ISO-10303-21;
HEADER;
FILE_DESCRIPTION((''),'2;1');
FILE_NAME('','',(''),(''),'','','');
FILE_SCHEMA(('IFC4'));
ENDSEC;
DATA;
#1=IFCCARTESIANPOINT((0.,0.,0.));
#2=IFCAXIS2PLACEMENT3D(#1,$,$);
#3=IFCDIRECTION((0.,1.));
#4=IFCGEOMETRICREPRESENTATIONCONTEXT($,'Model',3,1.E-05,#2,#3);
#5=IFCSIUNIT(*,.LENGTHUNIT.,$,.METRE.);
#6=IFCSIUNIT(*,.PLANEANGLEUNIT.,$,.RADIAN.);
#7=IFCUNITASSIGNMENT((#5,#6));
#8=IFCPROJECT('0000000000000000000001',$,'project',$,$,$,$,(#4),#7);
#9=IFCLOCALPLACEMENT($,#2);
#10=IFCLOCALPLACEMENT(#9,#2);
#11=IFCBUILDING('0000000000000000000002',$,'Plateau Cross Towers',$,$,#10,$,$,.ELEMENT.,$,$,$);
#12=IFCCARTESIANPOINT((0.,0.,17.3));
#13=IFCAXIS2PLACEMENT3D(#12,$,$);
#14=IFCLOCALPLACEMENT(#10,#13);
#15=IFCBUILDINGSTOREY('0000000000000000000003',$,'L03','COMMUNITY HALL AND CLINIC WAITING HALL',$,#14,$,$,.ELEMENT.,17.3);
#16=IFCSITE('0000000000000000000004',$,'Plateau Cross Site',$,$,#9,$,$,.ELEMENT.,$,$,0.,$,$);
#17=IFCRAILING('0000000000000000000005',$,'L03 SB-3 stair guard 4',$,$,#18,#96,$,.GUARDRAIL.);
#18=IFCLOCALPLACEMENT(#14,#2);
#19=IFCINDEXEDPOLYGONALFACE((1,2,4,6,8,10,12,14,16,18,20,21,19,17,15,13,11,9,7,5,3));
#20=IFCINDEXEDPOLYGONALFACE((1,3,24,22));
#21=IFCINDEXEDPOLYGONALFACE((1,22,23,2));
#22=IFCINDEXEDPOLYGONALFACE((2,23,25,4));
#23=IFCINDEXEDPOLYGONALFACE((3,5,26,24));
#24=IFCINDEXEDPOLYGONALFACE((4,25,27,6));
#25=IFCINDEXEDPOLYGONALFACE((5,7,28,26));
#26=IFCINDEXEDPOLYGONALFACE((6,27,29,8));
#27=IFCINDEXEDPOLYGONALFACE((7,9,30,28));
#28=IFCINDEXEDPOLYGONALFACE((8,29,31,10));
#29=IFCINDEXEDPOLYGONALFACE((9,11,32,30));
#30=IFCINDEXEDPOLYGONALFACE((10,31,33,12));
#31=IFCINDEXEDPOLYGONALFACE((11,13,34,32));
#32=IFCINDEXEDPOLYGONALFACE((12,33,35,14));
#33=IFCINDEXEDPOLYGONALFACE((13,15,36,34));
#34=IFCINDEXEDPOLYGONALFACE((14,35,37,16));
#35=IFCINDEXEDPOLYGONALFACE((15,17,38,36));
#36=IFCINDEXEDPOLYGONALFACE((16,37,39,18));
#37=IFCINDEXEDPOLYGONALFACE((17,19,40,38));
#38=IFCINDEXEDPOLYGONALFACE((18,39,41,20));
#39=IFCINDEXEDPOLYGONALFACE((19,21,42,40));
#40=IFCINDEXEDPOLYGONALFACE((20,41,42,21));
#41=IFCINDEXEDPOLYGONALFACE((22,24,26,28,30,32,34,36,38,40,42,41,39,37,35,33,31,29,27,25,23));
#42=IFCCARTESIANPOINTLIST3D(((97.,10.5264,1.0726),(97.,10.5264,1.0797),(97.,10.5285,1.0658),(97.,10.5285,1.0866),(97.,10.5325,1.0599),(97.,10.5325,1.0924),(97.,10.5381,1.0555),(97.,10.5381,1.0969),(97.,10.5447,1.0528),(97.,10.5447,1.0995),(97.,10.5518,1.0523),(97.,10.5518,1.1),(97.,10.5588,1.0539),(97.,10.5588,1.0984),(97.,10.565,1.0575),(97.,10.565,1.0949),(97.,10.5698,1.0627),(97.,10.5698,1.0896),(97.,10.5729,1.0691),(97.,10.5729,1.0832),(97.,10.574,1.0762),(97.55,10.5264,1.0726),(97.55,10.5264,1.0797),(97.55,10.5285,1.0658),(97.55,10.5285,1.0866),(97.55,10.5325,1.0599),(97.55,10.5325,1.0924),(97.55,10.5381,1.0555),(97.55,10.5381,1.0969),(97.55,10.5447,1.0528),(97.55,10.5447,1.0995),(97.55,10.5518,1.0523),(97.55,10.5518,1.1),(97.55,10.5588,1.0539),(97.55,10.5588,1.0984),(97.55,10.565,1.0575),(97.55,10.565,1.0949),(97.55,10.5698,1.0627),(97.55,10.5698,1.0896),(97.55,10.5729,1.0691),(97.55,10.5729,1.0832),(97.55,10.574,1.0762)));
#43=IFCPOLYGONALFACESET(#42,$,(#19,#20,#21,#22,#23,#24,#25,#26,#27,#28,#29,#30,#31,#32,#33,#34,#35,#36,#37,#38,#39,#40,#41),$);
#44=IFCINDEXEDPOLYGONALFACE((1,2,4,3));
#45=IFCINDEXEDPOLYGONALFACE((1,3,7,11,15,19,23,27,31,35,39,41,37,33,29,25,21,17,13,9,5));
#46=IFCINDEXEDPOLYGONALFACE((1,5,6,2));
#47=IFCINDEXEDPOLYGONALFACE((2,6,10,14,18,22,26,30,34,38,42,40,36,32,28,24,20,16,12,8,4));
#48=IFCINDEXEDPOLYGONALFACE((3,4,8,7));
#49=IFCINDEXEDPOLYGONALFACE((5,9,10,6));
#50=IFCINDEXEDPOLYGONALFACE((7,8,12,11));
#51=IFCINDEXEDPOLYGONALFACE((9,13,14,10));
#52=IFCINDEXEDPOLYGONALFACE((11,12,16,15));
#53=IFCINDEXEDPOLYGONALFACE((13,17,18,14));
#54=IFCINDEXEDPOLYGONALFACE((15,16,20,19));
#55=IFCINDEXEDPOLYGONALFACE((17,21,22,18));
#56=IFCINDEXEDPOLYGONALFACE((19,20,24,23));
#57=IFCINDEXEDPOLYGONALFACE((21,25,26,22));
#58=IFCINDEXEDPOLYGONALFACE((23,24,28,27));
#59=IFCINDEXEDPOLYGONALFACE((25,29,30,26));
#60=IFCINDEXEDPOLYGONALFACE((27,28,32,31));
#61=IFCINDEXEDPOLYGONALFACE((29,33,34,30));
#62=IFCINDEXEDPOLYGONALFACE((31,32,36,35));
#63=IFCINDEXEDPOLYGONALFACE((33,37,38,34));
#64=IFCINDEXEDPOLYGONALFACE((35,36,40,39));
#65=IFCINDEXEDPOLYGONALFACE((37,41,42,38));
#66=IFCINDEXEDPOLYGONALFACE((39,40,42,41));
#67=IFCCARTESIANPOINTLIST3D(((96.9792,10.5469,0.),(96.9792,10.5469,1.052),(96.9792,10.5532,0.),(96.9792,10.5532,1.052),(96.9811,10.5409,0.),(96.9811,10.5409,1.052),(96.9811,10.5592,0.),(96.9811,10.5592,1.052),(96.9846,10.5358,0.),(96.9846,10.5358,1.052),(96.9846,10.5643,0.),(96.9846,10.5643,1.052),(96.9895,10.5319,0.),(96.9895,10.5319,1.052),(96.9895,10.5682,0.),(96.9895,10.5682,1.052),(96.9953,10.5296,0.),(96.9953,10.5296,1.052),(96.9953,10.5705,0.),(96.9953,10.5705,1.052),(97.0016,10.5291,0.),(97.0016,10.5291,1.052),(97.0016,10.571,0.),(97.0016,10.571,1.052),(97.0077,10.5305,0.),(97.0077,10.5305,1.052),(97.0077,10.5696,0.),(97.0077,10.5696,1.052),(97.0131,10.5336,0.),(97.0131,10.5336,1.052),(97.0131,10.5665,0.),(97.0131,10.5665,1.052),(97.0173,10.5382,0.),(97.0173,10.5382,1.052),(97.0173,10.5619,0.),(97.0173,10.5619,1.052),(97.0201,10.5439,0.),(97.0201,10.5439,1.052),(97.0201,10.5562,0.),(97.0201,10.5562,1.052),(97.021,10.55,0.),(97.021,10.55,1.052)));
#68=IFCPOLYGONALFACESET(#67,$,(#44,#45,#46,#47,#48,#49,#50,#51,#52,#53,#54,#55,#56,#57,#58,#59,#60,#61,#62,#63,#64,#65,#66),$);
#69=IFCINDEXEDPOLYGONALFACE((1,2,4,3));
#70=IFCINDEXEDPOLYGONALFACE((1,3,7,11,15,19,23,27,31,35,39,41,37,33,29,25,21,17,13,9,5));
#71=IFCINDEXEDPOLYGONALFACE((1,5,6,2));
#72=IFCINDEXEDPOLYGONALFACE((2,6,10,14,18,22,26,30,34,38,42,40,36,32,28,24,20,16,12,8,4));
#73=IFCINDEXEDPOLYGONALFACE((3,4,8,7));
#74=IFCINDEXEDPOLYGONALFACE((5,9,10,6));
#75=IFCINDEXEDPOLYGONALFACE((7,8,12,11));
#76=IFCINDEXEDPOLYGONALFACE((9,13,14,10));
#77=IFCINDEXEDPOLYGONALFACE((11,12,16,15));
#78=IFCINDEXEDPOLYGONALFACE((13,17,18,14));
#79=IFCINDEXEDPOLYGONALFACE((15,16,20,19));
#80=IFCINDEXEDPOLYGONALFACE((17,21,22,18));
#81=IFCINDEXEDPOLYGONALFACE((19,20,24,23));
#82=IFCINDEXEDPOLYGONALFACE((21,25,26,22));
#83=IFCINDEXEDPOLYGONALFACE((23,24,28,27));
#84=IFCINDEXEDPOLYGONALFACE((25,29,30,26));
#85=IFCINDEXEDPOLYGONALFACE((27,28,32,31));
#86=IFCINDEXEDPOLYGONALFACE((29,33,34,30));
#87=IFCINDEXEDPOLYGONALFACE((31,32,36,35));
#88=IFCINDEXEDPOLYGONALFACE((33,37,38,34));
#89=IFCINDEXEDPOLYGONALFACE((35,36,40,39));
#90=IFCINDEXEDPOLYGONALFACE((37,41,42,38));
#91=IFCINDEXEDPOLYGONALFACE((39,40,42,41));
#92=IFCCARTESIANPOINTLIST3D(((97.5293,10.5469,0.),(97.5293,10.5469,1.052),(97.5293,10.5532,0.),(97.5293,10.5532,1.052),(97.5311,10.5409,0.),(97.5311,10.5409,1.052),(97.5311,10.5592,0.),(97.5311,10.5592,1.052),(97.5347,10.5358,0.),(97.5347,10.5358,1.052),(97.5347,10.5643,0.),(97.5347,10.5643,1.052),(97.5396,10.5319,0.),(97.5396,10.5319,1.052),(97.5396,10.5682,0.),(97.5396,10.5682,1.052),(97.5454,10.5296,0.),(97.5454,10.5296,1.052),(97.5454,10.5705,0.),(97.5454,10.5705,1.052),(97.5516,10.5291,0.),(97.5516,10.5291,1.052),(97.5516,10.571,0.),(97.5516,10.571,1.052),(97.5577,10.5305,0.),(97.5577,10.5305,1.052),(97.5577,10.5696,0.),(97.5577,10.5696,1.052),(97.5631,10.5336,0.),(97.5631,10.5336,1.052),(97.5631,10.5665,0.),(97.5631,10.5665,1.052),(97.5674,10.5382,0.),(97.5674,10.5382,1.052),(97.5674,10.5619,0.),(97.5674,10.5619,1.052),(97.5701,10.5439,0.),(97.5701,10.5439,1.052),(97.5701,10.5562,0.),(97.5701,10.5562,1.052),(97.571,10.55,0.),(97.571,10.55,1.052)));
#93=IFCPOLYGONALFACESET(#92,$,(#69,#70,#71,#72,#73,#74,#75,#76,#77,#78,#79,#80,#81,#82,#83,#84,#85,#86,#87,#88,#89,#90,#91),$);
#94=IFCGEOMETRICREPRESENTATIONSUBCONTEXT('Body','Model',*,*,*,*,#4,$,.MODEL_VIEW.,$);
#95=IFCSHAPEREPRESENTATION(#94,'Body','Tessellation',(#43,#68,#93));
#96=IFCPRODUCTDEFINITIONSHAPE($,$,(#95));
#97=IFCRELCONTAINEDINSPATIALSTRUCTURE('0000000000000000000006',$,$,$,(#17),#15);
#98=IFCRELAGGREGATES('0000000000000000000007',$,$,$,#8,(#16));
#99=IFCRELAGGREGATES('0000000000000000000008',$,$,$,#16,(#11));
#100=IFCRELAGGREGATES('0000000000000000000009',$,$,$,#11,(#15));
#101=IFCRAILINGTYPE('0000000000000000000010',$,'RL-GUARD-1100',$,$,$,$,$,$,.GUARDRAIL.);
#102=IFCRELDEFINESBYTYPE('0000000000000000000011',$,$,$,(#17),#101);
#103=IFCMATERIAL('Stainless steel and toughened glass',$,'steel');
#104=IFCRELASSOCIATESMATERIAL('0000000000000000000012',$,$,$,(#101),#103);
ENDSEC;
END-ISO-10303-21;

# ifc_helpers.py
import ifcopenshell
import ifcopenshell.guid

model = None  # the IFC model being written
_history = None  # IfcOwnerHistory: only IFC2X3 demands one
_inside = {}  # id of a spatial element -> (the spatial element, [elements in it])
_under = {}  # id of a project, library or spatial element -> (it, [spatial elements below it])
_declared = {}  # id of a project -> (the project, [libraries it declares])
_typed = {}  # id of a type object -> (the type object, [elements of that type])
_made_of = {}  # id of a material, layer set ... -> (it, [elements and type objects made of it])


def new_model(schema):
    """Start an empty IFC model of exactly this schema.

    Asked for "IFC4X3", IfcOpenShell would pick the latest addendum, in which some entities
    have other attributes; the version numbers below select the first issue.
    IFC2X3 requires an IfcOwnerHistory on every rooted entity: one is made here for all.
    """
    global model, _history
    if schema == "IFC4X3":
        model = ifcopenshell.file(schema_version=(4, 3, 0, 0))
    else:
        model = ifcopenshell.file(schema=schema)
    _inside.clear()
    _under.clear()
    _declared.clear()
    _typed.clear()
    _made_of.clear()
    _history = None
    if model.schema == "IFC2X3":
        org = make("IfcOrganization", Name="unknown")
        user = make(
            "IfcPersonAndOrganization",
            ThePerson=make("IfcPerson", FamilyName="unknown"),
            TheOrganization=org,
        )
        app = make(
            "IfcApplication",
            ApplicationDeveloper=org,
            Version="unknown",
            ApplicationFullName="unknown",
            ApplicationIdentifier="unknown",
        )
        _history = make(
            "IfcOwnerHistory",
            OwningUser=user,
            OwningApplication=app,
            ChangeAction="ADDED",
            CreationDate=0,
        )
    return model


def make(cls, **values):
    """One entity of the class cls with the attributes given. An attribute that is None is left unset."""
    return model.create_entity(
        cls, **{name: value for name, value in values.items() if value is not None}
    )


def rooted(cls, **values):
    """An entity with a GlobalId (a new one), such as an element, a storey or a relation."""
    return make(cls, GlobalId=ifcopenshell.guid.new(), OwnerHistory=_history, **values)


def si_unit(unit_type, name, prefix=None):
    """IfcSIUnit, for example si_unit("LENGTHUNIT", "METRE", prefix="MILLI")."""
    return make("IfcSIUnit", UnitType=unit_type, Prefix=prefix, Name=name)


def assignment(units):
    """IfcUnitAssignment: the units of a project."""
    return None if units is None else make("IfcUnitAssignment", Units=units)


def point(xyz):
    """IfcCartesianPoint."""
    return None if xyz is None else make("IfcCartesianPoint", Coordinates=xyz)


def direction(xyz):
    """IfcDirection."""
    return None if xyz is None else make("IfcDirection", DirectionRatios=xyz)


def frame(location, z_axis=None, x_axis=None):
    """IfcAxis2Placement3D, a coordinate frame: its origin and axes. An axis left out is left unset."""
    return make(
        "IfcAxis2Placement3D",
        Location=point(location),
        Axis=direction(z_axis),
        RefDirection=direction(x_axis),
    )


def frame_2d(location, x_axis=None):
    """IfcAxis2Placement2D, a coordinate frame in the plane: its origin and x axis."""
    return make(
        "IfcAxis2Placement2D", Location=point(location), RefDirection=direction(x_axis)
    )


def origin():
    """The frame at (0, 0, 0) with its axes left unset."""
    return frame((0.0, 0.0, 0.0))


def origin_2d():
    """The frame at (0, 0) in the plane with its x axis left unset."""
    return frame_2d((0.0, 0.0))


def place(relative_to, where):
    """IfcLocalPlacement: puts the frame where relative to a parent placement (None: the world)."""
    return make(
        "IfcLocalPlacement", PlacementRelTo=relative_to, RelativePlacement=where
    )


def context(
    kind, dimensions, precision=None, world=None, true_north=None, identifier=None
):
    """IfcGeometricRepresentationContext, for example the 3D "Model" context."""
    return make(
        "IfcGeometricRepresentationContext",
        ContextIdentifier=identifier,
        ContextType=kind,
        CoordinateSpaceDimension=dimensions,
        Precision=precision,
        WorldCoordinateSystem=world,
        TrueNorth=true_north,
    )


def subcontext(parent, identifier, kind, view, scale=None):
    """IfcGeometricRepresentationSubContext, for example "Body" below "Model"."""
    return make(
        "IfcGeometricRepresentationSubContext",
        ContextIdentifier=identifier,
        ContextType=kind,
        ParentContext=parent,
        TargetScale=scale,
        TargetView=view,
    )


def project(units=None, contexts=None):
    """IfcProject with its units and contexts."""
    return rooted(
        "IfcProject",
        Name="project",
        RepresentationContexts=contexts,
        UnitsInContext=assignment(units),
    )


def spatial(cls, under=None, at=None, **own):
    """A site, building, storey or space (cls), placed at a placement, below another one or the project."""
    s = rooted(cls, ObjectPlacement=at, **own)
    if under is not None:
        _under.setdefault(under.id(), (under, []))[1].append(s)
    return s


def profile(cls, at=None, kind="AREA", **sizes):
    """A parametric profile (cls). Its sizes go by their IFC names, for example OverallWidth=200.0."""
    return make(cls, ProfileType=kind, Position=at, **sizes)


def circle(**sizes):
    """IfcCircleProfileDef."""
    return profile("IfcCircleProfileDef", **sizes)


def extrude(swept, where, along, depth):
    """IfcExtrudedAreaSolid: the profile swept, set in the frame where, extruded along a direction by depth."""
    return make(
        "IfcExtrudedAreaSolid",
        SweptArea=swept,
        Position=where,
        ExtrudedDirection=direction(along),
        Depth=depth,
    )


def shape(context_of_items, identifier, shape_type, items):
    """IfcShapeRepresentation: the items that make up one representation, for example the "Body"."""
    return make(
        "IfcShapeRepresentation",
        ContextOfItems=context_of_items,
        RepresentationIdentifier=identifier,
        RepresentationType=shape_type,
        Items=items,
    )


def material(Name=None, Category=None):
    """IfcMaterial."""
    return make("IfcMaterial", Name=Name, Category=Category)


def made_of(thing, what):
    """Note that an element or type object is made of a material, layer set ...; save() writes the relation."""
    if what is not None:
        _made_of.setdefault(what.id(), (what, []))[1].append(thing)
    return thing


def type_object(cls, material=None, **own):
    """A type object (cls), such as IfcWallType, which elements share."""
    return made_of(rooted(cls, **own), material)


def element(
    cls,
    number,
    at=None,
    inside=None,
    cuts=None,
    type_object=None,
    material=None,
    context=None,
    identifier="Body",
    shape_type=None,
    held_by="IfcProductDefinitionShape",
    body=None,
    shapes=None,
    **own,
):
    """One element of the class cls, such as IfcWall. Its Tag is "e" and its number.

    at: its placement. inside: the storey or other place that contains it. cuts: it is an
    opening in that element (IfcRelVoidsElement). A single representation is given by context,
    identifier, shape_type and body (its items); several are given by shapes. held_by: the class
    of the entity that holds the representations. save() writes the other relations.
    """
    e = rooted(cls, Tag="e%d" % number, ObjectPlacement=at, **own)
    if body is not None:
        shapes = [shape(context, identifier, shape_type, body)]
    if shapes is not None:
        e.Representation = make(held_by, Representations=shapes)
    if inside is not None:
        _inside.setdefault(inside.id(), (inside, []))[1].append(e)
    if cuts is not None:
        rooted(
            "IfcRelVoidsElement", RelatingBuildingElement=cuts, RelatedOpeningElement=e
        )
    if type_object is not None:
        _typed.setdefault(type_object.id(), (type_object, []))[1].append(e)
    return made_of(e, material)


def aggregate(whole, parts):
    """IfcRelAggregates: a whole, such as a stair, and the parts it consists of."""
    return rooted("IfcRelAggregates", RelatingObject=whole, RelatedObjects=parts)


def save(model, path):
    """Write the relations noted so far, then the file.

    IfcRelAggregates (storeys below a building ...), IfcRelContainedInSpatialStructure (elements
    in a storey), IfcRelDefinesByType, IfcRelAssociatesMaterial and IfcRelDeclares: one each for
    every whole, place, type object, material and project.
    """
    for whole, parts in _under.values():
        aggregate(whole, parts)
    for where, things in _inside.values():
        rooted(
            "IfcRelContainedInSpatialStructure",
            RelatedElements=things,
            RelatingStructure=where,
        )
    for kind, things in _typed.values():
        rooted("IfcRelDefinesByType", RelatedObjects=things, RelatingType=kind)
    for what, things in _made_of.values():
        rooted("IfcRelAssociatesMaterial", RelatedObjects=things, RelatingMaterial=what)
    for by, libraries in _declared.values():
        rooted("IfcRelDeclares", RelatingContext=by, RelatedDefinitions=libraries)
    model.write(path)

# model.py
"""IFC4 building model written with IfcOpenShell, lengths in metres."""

from ifc_helpers import new_model, si_unit, direction, frame, origin, origin_2d, place, context, subcontext, project, spatial, circle, extrude, material, type_object, element, save


model = new_model("IFC4")

# Units and contexts
model_context = context("Model", 3, precision=1e-05, world=origin(), true_north=direction((0.0, 1.0)))
body_context = subcontext(model_context, "Body", "Model", "MODEL_VIEW")
ifc_project = project(units=[si_unit("LENGTHUNIT", "METRE"), si_unit("PLANEANGLEUNIT", "RADIAN")], contexts=[model_context])

# Site, building, storey
site_placement = place(None, origin())
site = spatial("IfcSite", under=ifc_project, at=site_placement, Name="Plateau Cross Site", CompositionType="ELEMENT", RefElevation=0.0)
building_placement = place(site_placement, origin())
building = spatial("IfcBuilding", under=site, at=building_placement, Name="Plateau Cross Towers", CompositionType="ELEMENT")
storey_placement = place(building_placement, frame((0.0, 0.0, 17.3)))
storey = spatial("IfcBuildingStorey", under=building, at=storey_placement, Name="L03", Description="COMMUNITY HALL AND CLINIC WAITING HALL", CompositionType="ELEMENT", Elevation=17.3)

# Railing
ifc_material_1 = material(Name="Stainless steel and toughened glass", Category="steel")
railing_type_1 = type_object("IfcRailingType", Name="RL-GUARD-1100", PredefinedType="GUARDRAIL", material=ifc_material_1)
railing_1_placement = place(storey_placement, frame((97.0, 10.55, 0.0)))
element("IfcRailing", 1, at=railing_1_placement, inside=storey, type_object=railing_type_1, Name="L03 SB-3 stair guard 4", PredefinedType="GUARDRAIL", context=body_context, shape_type="SweptSolid", body=[
    extrude(circle(Radius=0.0239, at=origin_2d()), frame((0.0, 0.0, 1.0762), z_axis=(1.0, 0.0, 0.0), x_axis=(0.0, 1.0, 0.0)), (0.0, 0.0, 1.0), 0.55),
    extrude(circle(Radius=0.021, at=origin_2d()), origin(), (0.0, 0.0, 1.0), 1.052),
    extrude(circle(Radius=0.021, at=origin_2d()), frame((0.55, 0.0, 0.0)), (0.0, 0.0, 1.0), 1.052),
])

save(model, "model.ifc")
